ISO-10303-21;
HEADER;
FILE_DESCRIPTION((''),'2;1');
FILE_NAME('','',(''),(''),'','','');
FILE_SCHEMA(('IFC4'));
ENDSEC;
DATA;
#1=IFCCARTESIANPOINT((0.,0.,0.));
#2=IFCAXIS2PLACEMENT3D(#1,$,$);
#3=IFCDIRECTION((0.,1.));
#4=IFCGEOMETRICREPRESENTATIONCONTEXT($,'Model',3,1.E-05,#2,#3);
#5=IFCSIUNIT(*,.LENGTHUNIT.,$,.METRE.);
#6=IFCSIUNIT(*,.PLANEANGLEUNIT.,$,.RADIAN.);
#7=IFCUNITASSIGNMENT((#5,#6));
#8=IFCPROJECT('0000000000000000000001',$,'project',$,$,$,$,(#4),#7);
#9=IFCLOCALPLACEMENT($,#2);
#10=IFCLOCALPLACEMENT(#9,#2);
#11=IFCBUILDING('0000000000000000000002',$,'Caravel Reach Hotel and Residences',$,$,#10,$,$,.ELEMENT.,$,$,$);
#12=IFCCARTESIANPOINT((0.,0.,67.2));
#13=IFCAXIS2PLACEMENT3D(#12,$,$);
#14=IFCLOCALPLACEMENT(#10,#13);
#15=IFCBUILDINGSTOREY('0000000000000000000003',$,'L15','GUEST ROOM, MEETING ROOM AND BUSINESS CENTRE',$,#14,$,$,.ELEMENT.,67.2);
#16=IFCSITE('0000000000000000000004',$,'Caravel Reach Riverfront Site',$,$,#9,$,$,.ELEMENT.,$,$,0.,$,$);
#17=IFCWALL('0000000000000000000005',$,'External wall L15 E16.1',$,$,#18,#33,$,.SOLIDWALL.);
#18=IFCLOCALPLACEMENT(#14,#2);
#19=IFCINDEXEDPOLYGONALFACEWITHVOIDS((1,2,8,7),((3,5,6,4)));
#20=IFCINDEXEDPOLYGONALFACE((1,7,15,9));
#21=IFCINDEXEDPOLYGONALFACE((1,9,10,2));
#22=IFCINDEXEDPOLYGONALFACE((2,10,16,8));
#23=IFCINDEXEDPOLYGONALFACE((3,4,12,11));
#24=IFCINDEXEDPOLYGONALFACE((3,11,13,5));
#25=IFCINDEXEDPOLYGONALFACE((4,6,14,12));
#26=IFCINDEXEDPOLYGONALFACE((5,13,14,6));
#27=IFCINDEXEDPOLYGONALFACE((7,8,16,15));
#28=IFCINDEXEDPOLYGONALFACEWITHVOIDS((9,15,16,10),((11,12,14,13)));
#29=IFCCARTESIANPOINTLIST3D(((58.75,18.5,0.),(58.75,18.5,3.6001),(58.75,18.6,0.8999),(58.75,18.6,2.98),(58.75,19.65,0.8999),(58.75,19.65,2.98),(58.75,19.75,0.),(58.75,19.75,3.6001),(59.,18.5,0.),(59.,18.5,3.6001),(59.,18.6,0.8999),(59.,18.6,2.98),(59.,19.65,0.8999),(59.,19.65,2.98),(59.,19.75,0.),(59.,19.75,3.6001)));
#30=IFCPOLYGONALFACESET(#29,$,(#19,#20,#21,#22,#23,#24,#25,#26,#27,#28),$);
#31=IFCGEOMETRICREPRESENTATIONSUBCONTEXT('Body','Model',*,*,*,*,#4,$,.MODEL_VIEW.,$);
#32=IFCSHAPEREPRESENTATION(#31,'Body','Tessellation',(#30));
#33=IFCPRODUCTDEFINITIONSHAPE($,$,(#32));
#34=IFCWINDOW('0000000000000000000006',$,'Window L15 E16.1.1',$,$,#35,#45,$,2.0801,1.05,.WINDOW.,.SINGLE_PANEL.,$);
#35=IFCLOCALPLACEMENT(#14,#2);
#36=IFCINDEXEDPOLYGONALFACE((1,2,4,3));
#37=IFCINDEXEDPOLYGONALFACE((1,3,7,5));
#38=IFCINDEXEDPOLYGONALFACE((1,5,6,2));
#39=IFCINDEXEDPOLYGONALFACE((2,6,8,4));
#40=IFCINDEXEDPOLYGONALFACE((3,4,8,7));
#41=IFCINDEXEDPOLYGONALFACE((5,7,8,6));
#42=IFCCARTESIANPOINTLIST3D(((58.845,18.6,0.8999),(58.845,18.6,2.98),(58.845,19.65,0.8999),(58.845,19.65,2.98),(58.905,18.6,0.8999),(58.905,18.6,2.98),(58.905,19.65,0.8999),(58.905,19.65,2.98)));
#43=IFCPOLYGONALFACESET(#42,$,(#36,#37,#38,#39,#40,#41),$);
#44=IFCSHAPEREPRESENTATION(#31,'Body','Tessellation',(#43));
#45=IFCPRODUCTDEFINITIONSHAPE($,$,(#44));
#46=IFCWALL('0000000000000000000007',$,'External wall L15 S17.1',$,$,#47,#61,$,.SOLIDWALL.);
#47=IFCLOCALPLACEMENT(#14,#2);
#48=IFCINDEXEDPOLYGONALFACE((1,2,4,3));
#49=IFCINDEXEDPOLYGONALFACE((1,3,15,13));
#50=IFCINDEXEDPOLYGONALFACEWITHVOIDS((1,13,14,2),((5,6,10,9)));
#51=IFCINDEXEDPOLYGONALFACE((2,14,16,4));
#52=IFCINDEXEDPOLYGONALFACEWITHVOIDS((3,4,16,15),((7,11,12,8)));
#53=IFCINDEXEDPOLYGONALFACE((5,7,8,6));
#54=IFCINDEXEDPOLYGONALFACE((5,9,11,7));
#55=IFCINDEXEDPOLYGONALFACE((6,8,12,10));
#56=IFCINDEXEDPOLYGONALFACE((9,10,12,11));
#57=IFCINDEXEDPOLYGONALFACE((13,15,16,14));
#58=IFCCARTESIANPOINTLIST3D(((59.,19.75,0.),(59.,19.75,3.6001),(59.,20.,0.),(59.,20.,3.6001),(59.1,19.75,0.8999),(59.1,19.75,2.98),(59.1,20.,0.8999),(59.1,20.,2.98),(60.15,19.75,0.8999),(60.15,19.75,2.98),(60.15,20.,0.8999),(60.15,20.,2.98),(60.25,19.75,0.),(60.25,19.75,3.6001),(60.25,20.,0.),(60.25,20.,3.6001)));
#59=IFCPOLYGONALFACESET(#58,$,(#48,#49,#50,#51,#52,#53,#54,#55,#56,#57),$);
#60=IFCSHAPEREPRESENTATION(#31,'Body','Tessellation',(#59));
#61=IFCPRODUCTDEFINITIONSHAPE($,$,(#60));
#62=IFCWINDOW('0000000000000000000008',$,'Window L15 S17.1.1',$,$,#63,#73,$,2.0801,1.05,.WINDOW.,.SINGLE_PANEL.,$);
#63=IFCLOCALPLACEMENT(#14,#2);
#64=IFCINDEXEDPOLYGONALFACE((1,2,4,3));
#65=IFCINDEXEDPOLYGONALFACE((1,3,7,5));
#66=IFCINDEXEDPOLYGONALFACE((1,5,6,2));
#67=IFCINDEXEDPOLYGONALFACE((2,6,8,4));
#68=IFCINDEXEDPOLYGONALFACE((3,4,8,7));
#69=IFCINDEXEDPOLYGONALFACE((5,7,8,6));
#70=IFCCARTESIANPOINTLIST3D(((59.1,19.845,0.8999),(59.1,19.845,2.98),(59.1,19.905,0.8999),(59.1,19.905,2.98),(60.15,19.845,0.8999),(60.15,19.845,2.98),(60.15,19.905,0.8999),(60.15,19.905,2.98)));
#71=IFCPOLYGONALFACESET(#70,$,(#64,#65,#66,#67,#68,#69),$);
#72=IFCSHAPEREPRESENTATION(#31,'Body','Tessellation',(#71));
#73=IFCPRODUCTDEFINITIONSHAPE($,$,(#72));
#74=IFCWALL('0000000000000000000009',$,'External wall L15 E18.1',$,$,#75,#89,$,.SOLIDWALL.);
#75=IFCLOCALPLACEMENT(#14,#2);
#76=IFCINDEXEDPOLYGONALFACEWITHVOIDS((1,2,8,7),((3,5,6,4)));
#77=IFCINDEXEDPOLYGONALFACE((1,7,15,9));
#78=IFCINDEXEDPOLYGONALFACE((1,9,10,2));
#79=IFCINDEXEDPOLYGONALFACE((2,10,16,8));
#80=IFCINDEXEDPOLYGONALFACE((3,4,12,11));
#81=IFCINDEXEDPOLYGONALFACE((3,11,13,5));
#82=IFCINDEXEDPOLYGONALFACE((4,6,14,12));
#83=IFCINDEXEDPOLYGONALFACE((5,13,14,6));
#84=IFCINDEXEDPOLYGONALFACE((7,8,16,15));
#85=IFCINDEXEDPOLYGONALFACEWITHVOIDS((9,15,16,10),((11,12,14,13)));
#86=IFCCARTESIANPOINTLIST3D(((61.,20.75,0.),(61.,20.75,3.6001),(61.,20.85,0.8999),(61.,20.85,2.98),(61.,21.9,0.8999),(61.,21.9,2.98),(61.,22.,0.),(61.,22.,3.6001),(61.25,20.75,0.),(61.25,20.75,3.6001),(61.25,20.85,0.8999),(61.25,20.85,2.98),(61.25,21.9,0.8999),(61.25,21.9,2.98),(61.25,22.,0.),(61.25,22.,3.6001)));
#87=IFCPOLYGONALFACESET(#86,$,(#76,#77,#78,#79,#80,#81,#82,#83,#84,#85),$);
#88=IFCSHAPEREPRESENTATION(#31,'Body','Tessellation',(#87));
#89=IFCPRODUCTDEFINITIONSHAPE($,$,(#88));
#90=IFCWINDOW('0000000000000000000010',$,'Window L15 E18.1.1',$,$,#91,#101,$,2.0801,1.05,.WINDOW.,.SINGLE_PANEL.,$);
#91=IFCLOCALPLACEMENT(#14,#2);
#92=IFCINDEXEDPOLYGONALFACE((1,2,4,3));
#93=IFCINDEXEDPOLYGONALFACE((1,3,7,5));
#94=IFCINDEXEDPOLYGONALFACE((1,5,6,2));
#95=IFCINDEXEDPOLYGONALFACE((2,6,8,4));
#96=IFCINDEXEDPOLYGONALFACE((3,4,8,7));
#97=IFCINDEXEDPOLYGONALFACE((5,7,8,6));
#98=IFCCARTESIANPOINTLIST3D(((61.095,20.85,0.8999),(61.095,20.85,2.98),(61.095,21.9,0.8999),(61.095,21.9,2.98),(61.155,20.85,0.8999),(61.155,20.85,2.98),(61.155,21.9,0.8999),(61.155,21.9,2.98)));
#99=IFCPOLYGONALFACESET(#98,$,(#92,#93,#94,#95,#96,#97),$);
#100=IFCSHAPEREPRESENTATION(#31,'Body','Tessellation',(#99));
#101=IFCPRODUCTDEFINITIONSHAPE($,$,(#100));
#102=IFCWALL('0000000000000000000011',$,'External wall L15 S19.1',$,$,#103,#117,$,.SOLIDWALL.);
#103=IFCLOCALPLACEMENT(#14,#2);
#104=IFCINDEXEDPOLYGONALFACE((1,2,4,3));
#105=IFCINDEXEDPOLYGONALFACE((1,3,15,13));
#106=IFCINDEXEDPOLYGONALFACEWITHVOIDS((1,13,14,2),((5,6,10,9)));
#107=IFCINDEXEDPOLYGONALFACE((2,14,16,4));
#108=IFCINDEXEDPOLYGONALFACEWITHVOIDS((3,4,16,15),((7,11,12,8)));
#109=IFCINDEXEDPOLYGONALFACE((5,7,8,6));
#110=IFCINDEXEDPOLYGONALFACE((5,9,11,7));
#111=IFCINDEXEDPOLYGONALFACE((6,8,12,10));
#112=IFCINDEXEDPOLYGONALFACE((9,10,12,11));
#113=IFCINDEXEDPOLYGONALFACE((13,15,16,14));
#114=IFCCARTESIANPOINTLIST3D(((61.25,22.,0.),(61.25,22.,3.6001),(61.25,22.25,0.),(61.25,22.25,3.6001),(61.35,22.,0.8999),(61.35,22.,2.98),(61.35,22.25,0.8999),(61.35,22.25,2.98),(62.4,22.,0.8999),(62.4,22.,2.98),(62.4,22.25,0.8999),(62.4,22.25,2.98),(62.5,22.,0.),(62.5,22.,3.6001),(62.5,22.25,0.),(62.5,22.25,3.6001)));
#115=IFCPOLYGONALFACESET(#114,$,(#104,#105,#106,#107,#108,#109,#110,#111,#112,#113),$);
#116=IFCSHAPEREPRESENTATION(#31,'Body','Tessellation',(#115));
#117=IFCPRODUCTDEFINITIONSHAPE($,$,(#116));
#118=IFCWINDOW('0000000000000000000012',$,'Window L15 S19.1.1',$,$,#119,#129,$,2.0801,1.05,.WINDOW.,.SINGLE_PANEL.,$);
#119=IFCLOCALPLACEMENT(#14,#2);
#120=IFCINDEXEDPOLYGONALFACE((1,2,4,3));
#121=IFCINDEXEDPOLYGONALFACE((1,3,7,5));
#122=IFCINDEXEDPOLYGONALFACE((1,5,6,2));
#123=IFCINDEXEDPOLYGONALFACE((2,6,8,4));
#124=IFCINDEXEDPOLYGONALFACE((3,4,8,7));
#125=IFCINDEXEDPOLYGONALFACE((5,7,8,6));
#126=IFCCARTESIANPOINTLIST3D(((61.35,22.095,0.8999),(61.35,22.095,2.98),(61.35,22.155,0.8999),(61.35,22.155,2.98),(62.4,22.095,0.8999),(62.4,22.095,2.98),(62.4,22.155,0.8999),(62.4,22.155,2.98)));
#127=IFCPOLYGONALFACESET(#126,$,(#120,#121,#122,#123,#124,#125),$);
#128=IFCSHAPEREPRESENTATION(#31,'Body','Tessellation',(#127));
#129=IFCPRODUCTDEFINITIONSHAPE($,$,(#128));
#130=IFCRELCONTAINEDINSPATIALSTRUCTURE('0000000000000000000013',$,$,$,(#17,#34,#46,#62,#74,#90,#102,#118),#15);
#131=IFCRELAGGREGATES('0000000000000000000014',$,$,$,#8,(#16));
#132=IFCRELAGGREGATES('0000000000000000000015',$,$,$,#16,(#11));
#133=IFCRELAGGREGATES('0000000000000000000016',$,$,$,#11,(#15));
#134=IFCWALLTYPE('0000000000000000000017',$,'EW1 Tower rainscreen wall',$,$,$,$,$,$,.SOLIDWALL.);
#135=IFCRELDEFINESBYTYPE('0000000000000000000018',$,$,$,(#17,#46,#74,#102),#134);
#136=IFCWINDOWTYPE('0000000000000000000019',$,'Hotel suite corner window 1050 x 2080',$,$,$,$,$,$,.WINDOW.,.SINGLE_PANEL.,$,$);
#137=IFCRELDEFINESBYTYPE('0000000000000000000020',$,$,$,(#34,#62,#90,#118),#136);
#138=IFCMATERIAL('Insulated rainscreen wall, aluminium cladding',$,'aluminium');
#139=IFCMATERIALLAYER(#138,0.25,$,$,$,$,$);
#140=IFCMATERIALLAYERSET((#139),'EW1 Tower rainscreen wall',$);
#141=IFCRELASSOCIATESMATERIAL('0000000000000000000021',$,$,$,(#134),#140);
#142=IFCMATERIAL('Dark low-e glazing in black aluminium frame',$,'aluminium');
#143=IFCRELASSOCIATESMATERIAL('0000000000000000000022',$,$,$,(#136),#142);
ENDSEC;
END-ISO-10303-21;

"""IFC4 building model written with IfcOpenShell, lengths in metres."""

from ifc_helpers import new_model, si_unit, direction, frame, frame_2d, origin, place, context, subcontext, project, spatial, rectangle, extrude, material, layer, layer_set, type_object, element, fill, save


model = new_model("IFC4")

# Units and contexts
model_context = context("Model", 3, precision=1e-05, world=origin(), true_north=direction((0.0, 1.0)))
body_context = subcontext(model_context, "Body", "Model", "MODEL_VIEW")
ifc_project = project(units=[si_unit("LENGTHUNIT", "METRE"), si_unit("PLANEANGLEUNIT", "RADIAN")], contexts=[model_context])

# Site, building, storey
site_placement = place(None, origin())
site = spatial("IfcSite", under=ifc_project, at=site_placement, Name="Caravel Reach Riverfront Site", CompositionType="ELEMENT", RefElevation=0.0)
building_placement = place(site_placement, origin())
building = spatial("IfcBuilding", under=site, at=building_placement, Name="Caravel Reach Hotel and Residences", CompositionType="ELEMENT")
storey_placement = place(building_placement, frame((0.0, 0.0, 67.2)))
storey = spatial("IfcBuildingStorey", under=building, at=storey_placement, Name="L15", Description="GUEST ROOM, MEETING ROOM AND BUSINESS CENTRE", CompositionType="ELEMENT", Elevation=67.2)

# Shared definitions
ifc_material_1 = material(Name="Insulated rainscreen wall, aluminium cladding", Category="aluminium")
ifc_layer_1 = layer(ifc_material_1, 0.25)
ifc_layer_set_1 = layer_set([ifc_layer_1], Name="EW1 Tower rainscreen wall")
wall_type_1 = type_object("IfcWallType", Name="EW1 Tower rainscreen wall", PredefinedType="SOLIDWALL", material=ifc_layer_set_1)

# Walls, openings, windows
wall_1_placement = place(storey_placement, frame((58.875, 18.5, 0.0), z_axis=(0.0, 0.0, 1.0), x_axis=(0.0, 1.0, 0.0)))
wall_1 = element("IfcWall", 1, at=wall_1_placement, inside=storey, type_object=wall_type_1, Name="External wall L15 E16.1", PredefinedType="SOLIDWALL", context=body_context, shape_type="SweptSolid", body=[
    extrude(rectangle(XDim=1.25, YDim=0.25, at=frame_2d((0.625, 0.0))), origin(), (0.0, 0.0, 1.0), 3.6001),
])
opening_1_placement = place(wall_1_placement, frame((0.1001, 0.0, 0.8999)))
opening_1 = element("IfcOpeningElement", 2, at=opening_1_placement, cuts=wall_1, PredefinedType="OPENING", context=body_context, shape_type="SweptSolid", body=[
    extrude(rectangle(XDim=1.05, YDim=2.0801, at=frame_2d((0.5249, 1.04))), frame((0.0, 0.135, 0.0), z_axis=(0.0, -1.0, 0.0), x_axis=(1.0, 0.0, 0.0)), (0.0, 0.0, 1.0), 0.27),
])
ifc_material_2 = material(Name="Dark low-e glazing in black aluminium frame", Category="aluminium")
window_type_1 = type_object("IfcWindowType", Name="Hotel suite corner window 1050 x 2080", PartitioningType="SINGLE_PANEL", PredefinedType="WINDOW", material=ifc_material_2)
window_1_placement = place(opening_1_placement, origin())
window_1 = element("IfcWindow", 3, at=window_1_placement, inside=storey, type_object=window_type_1, Name="Window L15 E16.1.1", OverallHeight=2.0801, OverallWidth=1.05, PartitioningType="SINGLE_PANEL", PredefinedType="WINDOW", context=body_context, shape_type="SweptSolid", body=[
    extrude(rectangle(XDim=1.05, YDim=2.0801, at=frame_2d((0.5249, 1.04))), frame((0.0, 0.03, 0.0), z_axis=(0.0, -1.0, 0.0), x_axis=(1.0, 0.0, 0.0)), (0.0, 0.0, 1.0), 0.0601),
])
fill(opening_1, window_1)
wall_2_placement = place(storey_placement, frame((59.0, 19.875, 0.0), z_axis=(0.0, 0.0, 1.0), x_axis=(1.0, 0.0, 0.0)))
wall_2 = element("IfcWall", 4, at=wall_2_placement, inside=storey, type_object=wall_type_1, Name="External wall L15 S17.1", PredefinedType="SOLIDWALL", context=body_context, shape_type="SweptSolid", body=[
    extrude(rectangle(XDim=1.25, YDim=0.25, at=frame_2d((0.625, 0.0))), origin(), (0.0, 0.0, 1.0), 3.6001),
])
opening_2_placement = place(wall_2_placement, frame((0.1001, 0.0, 0.8999)))
opening_2 = element("IfcOpeningElement", 5, at=opening_2_placement, cuts=wall_2, PredefinedType="OPENING", context=body_context, shape_type="SweptSolid", body=[
    extrude(rectangle(XDim=1.05, YDim=2.0801, at=frame_2d((0.5249, 1.04))), frame((0.0, 0.135, 0.0), z_axis=(0.0, -1.0, 0.0), x_axis=(1.0, 0.0, 0.0)), (0.0, 0.0, 1.0), 0.27),
])
window_2_placement = place(opening_2_placement, origin())
window_2 = element("IfcWindow", 6, at=window_2_placement, inside=storey, type_object=window_type_1, Name="Window L15 S17.1.1", OverallHeight=2.0801, OverallWidth=1.05, PartitioningType="SINGLE_PANEL", PredefinedType="WINDOW", context=body_context, shape_type="SweptSolid", body=[
    extrude(rectangle(XDim=1.05, YDim=2.0801, at=frame_2d((0.5249, 1.04))), frame((0.0, 0.03, 0.0), z_axis=(0.0, -1.0, 0.0), x_axis=(1.0, 0.0, 0.0)), (0.0, 0.0, 1.0), 0.0601),
])
fill(opening_2, window_2)
wall_3_placement = place(storey_placement, frame((61.125, 20.75, 0.0), z_axis=(0.0, 0.0, 1.0), x_axis=(0.0, 1.0, 0.0)))
wall_3 = element("IfcWall", 7, at=wall_3_placement, inside=storey, type_object=wall_type_1, Name="External wall L15 E18.1", PredefinedType="SOLIDWALL", context=body_context, shape_type="SweptSolid", body=[
    extrude(rectangle(XDim=1.25, YDim=0.25, at=frame_2d((0.625, 0.0))), origin(), (0.0, 0.0, 1.0), 3.6001),
])
opening_3_placement = place(wall_3_placement, frame((0.1001, 0.0, 0.8999)))
opening_3 = element("IfcOpeningElement", 8, at=opening_3_placement, cuts=wall_3, PredefinedType="OPENING", context=body_context, shape_type="SweptSolid", body=[
    extrude(rectangle(XDim=1.05, YDim=2.0801, at=frame_2d((0.5249, 1.04))), frame((0.0, 0.135, 0.0), z_axis=(0.0, -1.0, 0.0), x_axis=(1.0, 0.0, 0.0)), (0.0, 0.0, 1.0), 0.27),
])
window_3_placement = place(opening_3_placement, origin())
window_3 = element("IfcWindow", 9, at=window_3_placement, inside=storey, type_object=window_type_1, Name="Window L15 E18.1.1", OverallHeight=2.0801, OverallWidth=1.05, PartitioningType="SINGLE_PANEL", PredefinedType="WINDOW", context=body_context, shape_type="SweptSolid", body=[
    extrude(rectangle(XDim=1.05, YDim=2.0801, at=frame_2d((0.5249, 1.04))), frame((0.0, 0.03, 0.0), z_axis=(0.0, -1.0, 0.0), x_axis=(1.0, 0.0, 0.0)), (0.0, 0.0, 1.0), 0.0601),
])
fill(opening_3, window_3)
wall_4_placement = place(storey_placement, frame((61.25, 22.125, 0.0), z_axis=(0.0, 0.0, 1.0), x_axis=(1.0, 0.0, 0.0)))
wall_4 = element("IfcWall", 10, at=wall_4_placement, inside=storey, type_object=wall_type_1, Name="External wall L15 S19.1", PredefinedType="SOLIDWALL", context=body_context, shape_type="SweptSolid", body=[
    extrude(rectangle(XDim=1.25, YDim=0.25, at=frame_2d((0.625, 0.0))), origin(), (0.0, 0.0, 1.0), 3.6001),
])
opening_4_placement = place(wall_4_placement, frame((0.1001, 0.0, 0.8999)))
opening_4 = element("IfcOpeningElement", 11, at=opening_4_placement, cuts=wall_4, PredefinedType="OPENING", context=body_context, shape_type="SweptSolid", body=[
    extrude(rectangle(XDim=1.05, YDim=2.0801, at=frame_2d((0.5249, 1.04))), frame((0.0, 0.135, 0.0), z_axis=(0.0, -1.0, 0.0), x_axis=(1.0, 0.0, 0.0)), (0.0, 0.0, 1.0), 0.27),
])
window_4_placement = place(opening_4_placement, origin())
window_4 = element("IfcWindow", 12, at=window_4_placement, inside=storey, type_object=window_type_1, Name="Window L15 S19.1.1", OverallHeight=2.0801, OverallWidth=1.05, PartitioningType="SINGLE_PANEL", PredefinedType="WINDOW", context=body_context, shape_type="SweptSolid", body=[
    extrude(rectangle(XDim=1.05, YDim=2.0801, at=frame_2d((0.5249, 1.04))), frame((0.0, 0.03, 0.0), z_axis=(0.0, -1.0, 0.0), x_axis=(1.0, 0.0, 0.0)), (0.0, 0.0, 1.0), 0.0601),
])
fill(opening_4, window_4)

save(model, "model.ifc")
